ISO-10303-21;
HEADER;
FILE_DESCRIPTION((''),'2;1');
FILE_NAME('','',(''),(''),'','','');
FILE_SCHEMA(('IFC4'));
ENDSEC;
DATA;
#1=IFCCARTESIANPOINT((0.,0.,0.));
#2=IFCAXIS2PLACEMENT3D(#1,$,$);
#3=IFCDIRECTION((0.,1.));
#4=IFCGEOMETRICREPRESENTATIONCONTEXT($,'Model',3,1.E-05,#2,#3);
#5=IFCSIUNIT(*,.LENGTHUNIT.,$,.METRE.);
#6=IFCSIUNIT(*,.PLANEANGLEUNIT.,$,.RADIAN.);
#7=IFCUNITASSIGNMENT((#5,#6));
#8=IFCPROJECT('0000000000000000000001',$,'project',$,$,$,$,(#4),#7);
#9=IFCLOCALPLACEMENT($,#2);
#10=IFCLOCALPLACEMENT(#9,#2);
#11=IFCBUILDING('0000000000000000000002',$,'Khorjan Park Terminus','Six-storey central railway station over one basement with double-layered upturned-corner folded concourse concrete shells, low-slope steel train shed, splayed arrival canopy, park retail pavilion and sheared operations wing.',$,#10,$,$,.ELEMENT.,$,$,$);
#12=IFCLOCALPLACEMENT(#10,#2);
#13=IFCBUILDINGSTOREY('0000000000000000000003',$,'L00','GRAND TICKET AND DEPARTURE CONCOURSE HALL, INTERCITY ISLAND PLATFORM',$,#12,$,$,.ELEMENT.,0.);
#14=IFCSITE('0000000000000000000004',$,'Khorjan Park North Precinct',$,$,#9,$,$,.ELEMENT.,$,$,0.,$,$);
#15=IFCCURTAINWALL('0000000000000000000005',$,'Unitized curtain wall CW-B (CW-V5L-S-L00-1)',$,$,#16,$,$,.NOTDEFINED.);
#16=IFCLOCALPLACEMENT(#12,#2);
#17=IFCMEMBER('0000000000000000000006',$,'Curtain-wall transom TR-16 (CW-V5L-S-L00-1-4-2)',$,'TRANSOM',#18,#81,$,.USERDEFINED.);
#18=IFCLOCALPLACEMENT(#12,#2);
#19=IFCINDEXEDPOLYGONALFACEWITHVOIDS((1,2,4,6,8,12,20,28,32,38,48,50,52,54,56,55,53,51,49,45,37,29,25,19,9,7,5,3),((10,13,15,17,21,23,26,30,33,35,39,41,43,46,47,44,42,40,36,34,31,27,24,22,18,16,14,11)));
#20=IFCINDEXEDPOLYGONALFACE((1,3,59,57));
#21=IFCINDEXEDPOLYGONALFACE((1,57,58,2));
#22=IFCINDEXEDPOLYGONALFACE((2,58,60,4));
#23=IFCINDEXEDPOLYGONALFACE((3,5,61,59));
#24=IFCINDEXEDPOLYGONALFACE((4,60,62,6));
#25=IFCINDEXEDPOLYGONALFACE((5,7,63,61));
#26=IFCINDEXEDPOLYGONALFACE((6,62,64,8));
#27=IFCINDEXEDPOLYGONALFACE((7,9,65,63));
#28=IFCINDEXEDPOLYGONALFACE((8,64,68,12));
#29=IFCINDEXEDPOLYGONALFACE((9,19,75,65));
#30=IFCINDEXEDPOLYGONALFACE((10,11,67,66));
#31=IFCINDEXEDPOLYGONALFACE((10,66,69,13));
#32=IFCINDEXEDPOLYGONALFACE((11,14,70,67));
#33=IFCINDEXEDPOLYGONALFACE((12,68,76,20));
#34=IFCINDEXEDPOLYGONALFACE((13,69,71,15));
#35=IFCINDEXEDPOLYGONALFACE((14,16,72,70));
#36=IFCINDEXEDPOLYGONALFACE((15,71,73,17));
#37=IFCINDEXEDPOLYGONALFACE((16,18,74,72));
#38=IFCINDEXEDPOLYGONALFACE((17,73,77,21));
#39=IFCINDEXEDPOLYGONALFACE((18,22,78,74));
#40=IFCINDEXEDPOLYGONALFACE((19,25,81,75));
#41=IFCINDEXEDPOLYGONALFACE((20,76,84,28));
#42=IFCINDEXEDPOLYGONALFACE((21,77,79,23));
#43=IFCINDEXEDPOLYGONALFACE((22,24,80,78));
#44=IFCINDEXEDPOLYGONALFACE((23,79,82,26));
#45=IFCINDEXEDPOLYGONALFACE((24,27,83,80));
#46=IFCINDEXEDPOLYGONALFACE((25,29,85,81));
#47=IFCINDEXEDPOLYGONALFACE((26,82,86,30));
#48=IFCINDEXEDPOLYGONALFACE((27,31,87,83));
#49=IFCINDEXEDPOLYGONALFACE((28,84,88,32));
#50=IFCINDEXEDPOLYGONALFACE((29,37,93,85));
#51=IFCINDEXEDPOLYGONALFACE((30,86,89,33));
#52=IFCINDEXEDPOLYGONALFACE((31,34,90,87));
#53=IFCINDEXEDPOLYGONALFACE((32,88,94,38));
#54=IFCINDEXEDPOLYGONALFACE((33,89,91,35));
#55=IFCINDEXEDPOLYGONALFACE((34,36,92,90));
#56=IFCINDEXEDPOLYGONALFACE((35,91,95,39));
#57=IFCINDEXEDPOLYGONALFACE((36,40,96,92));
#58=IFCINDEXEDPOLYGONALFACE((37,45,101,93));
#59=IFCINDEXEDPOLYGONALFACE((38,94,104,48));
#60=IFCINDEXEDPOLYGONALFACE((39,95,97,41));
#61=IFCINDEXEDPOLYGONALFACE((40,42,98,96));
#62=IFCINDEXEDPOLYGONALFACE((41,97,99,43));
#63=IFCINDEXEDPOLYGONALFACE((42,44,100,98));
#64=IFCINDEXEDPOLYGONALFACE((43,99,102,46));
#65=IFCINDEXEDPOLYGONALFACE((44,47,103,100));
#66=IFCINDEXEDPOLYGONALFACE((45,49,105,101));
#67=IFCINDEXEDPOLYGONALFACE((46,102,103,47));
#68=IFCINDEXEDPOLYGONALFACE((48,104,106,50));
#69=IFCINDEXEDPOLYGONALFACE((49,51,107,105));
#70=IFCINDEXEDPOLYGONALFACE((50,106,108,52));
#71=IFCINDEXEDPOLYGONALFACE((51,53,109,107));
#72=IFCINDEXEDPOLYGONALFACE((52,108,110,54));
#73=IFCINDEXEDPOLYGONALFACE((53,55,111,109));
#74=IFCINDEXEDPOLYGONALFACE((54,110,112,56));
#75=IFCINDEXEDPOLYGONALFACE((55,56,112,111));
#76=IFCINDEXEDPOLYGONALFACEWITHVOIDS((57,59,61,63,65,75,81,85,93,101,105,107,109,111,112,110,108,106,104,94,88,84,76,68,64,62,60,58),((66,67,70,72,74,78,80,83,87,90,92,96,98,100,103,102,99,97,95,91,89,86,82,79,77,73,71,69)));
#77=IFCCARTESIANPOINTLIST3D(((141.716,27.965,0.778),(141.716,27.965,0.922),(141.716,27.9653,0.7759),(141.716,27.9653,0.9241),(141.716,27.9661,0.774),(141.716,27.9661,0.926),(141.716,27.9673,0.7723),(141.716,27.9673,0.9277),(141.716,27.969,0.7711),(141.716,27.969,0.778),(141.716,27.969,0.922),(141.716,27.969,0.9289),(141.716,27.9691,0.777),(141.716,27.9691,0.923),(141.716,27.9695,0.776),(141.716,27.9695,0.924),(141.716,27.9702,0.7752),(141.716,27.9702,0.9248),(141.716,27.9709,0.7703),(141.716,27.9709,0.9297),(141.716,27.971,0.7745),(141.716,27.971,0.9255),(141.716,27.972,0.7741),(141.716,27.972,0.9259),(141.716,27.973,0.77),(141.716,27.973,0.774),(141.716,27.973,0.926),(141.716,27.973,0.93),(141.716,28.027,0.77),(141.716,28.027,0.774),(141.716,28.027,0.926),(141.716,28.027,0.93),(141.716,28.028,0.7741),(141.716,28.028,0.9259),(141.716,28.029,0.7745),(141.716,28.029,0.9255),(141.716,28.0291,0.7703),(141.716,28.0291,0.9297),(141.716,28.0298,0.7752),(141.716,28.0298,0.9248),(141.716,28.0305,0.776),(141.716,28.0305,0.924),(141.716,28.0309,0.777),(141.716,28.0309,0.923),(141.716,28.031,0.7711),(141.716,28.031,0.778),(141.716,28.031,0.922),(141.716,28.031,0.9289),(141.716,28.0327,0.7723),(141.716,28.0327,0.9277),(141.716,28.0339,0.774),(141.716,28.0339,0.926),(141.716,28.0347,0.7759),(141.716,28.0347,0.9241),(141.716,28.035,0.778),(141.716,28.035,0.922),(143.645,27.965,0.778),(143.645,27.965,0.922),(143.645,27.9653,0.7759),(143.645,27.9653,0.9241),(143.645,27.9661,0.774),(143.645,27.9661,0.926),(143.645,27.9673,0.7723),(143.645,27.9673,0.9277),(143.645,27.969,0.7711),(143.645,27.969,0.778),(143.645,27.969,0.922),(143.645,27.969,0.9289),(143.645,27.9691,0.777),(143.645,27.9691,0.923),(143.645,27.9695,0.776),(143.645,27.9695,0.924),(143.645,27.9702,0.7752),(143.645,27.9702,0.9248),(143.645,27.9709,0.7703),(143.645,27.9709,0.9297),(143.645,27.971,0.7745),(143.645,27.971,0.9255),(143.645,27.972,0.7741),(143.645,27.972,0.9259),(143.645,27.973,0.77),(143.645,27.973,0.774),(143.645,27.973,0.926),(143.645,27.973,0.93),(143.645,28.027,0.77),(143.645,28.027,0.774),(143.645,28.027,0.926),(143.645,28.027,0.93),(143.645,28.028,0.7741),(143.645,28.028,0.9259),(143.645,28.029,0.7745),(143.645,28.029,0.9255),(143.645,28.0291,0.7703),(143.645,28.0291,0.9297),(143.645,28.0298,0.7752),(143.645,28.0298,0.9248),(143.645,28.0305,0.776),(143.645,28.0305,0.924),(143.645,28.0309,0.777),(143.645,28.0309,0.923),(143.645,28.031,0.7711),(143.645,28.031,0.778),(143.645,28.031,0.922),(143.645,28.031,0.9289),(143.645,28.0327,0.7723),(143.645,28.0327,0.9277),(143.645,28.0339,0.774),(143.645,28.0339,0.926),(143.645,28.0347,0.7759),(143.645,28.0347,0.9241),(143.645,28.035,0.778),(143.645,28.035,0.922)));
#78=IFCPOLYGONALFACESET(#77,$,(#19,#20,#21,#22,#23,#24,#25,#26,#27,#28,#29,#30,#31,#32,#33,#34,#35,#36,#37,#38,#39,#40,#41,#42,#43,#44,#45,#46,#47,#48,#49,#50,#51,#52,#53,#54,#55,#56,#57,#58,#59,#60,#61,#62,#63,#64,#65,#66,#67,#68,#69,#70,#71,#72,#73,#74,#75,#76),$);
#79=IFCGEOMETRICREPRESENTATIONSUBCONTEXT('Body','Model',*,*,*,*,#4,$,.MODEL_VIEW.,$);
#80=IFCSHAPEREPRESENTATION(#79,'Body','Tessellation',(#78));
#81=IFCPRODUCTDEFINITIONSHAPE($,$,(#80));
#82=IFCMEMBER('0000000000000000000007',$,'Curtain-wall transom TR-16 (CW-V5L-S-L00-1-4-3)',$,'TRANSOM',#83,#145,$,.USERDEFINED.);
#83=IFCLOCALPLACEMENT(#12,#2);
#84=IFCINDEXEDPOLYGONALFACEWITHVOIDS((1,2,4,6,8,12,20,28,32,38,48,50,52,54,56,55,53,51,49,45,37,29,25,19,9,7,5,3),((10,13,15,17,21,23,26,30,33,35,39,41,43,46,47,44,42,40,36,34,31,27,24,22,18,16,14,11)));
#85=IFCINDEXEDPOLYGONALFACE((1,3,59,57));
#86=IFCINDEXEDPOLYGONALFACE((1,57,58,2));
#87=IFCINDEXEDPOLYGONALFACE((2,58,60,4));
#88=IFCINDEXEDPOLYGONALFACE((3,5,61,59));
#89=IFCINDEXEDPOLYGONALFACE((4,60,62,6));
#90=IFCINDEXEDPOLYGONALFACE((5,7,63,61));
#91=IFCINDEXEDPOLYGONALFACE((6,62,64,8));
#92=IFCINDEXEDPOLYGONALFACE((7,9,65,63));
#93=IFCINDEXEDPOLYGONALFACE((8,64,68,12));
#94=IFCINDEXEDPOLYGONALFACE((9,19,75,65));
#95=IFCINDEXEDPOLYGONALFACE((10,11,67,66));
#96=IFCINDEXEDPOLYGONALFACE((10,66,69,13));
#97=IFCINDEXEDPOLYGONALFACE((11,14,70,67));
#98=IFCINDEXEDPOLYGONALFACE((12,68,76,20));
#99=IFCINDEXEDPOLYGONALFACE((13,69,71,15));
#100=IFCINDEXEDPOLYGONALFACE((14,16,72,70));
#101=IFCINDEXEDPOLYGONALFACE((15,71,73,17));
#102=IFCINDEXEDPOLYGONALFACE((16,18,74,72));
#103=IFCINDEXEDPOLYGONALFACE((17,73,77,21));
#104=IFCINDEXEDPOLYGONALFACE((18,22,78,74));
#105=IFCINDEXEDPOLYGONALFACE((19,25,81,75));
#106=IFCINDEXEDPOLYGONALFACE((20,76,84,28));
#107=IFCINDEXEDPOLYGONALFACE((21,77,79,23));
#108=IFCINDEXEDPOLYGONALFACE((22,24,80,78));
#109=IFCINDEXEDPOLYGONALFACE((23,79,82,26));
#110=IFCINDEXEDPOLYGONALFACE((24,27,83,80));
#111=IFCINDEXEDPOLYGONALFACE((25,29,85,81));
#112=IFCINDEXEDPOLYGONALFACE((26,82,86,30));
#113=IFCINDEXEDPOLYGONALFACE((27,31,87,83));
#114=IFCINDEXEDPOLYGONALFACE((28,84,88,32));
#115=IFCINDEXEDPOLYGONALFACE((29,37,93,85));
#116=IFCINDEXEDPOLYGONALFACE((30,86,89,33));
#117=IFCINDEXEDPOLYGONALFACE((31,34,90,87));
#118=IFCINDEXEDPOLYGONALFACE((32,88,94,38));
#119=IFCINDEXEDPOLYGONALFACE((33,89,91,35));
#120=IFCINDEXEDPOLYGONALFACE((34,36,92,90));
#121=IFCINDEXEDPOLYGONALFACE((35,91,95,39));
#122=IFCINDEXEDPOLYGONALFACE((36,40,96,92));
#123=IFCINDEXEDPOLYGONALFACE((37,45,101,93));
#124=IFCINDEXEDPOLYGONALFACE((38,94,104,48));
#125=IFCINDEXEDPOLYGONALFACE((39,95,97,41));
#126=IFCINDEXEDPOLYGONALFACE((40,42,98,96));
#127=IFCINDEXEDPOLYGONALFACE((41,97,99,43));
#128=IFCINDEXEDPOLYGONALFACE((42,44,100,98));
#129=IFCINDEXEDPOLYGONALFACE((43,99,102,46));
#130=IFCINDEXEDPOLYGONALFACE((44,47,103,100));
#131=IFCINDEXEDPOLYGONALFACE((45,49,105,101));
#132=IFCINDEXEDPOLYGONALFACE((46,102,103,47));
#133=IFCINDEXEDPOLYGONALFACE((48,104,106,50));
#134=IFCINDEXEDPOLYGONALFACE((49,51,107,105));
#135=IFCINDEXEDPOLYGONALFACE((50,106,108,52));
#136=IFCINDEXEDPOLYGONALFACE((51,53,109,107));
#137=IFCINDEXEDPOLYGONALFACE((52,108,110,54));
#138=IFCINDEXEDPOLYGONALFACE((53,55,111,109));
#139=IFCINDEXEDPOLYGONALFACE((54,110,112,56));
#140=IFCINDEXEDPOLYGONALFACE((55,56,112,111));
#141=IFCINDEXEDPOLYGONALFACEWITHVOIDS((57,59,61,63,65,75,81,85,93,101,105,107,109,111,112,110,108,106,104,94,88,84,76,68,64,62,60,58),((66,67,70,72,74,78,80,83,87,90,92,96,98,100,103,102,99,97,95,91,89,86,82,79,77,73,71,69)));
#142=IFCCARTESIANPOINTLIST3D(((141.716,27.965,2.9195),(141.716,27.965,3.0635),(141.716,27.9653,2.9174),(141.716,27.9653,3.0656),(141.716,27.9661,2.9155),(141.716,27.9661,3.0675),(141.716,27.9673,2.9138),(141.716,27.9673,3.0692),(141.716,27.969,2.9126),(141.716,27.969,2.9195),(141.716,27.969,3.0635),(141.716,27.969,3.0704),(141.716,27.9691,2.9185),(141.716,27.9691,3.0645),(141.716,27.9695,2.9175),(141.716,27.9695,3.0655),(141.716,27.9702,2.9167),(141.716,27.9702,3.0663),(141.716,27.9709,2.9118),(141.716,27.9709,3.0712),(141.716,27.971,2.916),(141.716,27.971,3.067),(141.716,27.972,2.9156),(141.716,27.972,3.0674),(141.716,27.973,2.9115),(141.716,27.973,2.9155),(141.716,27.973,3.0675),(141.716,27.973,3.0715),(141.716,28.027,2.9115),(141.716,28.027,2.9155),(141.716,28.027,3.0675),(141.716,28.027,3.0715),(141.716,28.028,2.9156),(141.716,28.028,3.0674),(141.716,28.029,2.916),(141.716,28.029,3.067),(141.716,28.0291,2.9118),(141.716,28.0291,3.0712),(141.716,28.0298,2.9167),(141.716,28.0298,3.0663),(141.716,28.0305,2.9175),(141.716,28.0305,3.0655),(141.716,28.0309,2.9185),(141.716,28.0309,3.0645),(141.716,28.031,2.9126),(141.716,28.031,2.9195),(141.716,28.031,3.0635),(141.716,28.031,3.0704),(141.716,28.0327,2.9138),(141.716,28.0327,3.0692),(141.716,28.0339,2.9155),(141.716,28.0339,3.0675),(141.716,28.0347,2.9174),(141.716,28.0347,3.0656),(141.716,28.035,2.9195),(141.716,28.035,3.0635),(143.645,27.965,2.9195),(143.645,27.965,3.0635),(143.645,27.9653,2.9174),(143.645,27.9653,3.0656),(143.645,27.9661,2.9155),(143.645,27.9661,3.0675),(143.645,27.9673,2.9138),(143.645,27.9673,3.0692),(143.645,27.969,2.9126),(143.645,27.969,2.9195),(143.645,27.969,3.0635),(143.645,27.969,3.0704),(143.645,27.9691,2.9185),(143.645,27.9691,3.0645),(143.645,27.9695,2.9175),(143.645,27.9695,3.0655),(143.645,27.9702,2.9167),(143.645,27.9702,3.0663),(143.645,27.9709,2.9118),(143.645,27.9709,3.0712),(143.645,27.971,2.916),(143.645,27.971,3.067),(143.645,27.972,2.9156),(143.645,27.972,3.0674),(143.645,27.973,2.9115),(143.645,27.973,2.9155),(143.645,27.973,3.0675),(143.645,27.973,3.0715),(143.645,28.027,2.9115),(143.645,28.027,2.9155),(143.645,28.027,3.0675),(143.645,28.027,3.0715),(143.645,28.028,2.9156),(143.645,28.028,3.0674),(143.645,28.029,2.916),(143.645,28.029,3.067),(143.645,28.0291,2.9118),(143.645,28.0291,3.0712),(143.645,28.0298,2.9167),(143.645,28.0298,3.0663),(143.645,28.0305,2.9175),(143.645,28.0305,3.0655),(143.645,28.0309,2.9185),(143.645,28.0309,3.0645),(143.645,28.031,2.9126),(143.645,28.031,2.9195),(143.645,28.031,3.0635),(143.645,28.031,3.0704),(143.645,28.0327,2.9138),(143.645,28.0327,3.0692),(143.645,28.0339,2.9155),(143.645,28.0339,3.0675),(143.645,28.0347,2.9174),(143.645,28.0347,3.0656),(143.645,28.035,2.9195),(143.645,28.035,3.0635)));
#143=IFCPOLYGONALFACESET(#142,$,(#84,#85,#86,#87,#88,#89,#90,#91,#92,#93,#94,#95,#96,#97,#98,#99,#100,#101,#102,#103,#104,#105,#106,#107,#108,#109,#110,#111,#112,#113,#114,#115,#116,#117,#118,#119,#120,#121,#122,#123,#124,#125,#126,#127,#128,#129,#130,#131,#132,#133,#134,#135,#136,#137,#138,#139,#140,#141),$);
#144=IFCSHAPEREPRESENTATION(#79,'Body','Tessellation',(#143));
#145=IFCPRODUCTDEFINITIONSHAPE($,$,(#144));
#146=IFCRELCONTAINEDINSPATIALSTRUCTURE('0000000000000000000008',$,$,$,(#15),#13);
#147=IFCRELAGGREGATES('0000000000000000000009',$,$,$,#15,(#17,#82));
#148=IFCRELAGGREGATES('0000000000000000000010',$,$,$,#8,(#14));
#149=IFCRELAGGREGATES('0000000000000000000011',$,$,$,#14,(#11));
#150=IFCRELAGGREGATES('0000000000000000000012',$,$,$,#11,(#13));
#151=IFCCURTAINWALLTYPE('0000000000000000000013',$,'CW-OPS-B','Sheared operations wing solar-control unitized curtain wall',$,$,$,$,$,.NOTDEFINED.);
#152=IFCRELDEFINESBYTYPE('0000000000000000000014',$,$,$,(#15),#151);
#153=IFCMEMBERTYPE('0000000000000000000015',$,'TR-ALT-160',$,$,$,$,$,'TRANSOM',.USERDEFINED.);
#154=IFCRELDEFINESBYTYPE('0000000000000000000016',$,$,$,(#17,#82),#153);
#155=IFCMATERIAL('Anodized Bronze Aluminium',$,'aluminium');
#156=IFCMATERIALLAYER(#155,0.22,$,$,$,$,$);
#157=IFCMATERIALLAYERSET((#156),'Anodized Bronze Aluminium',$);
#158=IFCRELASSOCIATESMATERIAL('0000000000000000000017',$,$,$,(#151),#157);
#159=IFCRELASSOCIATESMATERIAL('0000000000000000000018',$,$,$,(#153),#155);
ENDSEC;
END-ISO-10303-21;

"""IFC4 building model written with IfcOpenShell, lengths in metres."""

from ifc_helpers import new_model, si_unit, direction, frame, origin, origin_2d, place, context, subcontext, project, spatial, hollow_rectangle, extrude, material, layer, layer_set, material_profile, profile_set, type_object, element, aggregate, save


model = new_model("IFC4")

# Units and contexts
model_context = context("Model", 3, precision=1e-05, world=origin(), true_north=direction((0.0, 1.0)))
body_context = subcontext(model_context, "Body", "Model", "MODEL_VIEW")
ifc_project = project(units=[si_unit("LENGTHUNIT", "METRE"), si_unit("PLANEANGLEUNIT", "RADIAN")], contexts=[model_context])

# Site, building, storey
site_placement = place(None, origin())
site = spatial("IfcSite", under=ifc_project, at=site_placement, Name="Khorjan Park North Precinct", CompositionType="ELEMENT", RefElevation=0.0)
building_placement = place(site_placement, origin())
building = spatial("IfcBuilding", under=site, at=building_placement, Name="Khorjan Park Terminus", Description="Six-storey central railway station over one basement with double-layered upturned-corner folded concourse concrete shells, low-slope steel train shed, splayed arrival canopy, park retail pavilion and sheared operations wing.", CompositionType="ELEMENT")
storey_placement = place(building_placement, origin())
storey = spatial("IfcBuildingStorey", under=building, at=storey_placement, Name="L00", Description="GRAND TICKET AND DEPARTURE CONCOURSE HALL, INTERCITY ISLAND PLATFORM", CompositionType="ELEMENT", Elevation=0.0)

# Curtain wall, members
ifc_material_1 = material(Name="Anodized Bronze Aluminium", Category="aluminium")
ifc_layer_1 = layer(ifc_material_1, 0.22)
ifc_layer_set_1 = layer_set([ifc_layer_1], Name="Anodized Bronze Aluminium")
curtain_wall_type = type_object("IfcCurtainWallType", Name="CW-OPS-B", Description="Sheared operations wing solar-control unitized curtain wall", PredefinedType="NOTDEFINED", material=ifc_layer_set_1)
curtain_wall_placement = place(storey_placement, origin())
curtain_wall = element("IfcCurtainWall", 1, at=curtain_wall_placement, inside=storey, type_object=curtain_wall_type, Name="Unitized curtain wall CW-B (CW-V5L-S-L00-1)", PredefinedType="NOTDEFINED")
ifc_material_profile_1 = material_profile(ifc_material_1, hollow_rectangle(XDim=0.07, YDim=0.16, WallThickness=0.004, InnerFilletRadius=0.004, OuterFilletRadius=0.008, at=origin_2d()), Name="ALT 70x160x4")
ifc_profile_set_1 = profile_set([ifc_material_profile_1], Name="Anodized Bronze Aluminium")
member_type_1 = type_object("IfcMemberType", Name="TR-ALT-160", ElementType="TRANSOM", PredefinedType="USERDEFINED", material=ifc_profile_set_1)
member_1_placement = place(storey_placement, frame((141.716, 28.0, 0.85), z_axis=(1.0, 0.0, 0.0), x_axis=(0.0, 1.0, 0.0)))
member_1 = element("IfcMember", 2, at=member_1_placement, type_object=member_type_1, Name="Curtain-wall transom TR-16 (CW-V5L-S-L00-1-4-2)", ObjectType="TRANSOM", PredefinedType="USERDEFINED", context=body_context, shape_type="SweptSolid", body=[
    extrude(hollow_rectangle(XDim=0.07, YDim=0.16, WallThickness=0.004, InnerFilletRadius=0.004, OuterFilletRadius=0.008, at=origin_2d()), origin(), (0.0, 0.0, 1.0), 1.929),
])
member_2_placement = place(storey_placement, frame((141.716, 28.0, 2.9915), z_axis=(1.0, 0.0, 0.0), x_axis=(0.0, 1.0, 0.0)))
member_2 = element("IfcMember", 3, at=member_2_placement, type_object=member_type_1, Name="Curtain-wall transom TR-16 (CW-V5L-S-L00-1-4-3)", ObjectType="TRANSOM", PredefinedType="USERDEFINED", context=body_context, shape_type="SweptSolid", body=[
    extrude(hollow_rectangle(XDim=0.07, YDim=0.16, WallThickness=0.004, InnerFilletRadius=0.004, OuterFilletRadius=0.008, at=origin_2d()), origin(), (0.0, 0.0, 1.0), 1.929),
])
aggregate(curtain_wall, [member_1, member_2])

save(model, "model.ifc")
